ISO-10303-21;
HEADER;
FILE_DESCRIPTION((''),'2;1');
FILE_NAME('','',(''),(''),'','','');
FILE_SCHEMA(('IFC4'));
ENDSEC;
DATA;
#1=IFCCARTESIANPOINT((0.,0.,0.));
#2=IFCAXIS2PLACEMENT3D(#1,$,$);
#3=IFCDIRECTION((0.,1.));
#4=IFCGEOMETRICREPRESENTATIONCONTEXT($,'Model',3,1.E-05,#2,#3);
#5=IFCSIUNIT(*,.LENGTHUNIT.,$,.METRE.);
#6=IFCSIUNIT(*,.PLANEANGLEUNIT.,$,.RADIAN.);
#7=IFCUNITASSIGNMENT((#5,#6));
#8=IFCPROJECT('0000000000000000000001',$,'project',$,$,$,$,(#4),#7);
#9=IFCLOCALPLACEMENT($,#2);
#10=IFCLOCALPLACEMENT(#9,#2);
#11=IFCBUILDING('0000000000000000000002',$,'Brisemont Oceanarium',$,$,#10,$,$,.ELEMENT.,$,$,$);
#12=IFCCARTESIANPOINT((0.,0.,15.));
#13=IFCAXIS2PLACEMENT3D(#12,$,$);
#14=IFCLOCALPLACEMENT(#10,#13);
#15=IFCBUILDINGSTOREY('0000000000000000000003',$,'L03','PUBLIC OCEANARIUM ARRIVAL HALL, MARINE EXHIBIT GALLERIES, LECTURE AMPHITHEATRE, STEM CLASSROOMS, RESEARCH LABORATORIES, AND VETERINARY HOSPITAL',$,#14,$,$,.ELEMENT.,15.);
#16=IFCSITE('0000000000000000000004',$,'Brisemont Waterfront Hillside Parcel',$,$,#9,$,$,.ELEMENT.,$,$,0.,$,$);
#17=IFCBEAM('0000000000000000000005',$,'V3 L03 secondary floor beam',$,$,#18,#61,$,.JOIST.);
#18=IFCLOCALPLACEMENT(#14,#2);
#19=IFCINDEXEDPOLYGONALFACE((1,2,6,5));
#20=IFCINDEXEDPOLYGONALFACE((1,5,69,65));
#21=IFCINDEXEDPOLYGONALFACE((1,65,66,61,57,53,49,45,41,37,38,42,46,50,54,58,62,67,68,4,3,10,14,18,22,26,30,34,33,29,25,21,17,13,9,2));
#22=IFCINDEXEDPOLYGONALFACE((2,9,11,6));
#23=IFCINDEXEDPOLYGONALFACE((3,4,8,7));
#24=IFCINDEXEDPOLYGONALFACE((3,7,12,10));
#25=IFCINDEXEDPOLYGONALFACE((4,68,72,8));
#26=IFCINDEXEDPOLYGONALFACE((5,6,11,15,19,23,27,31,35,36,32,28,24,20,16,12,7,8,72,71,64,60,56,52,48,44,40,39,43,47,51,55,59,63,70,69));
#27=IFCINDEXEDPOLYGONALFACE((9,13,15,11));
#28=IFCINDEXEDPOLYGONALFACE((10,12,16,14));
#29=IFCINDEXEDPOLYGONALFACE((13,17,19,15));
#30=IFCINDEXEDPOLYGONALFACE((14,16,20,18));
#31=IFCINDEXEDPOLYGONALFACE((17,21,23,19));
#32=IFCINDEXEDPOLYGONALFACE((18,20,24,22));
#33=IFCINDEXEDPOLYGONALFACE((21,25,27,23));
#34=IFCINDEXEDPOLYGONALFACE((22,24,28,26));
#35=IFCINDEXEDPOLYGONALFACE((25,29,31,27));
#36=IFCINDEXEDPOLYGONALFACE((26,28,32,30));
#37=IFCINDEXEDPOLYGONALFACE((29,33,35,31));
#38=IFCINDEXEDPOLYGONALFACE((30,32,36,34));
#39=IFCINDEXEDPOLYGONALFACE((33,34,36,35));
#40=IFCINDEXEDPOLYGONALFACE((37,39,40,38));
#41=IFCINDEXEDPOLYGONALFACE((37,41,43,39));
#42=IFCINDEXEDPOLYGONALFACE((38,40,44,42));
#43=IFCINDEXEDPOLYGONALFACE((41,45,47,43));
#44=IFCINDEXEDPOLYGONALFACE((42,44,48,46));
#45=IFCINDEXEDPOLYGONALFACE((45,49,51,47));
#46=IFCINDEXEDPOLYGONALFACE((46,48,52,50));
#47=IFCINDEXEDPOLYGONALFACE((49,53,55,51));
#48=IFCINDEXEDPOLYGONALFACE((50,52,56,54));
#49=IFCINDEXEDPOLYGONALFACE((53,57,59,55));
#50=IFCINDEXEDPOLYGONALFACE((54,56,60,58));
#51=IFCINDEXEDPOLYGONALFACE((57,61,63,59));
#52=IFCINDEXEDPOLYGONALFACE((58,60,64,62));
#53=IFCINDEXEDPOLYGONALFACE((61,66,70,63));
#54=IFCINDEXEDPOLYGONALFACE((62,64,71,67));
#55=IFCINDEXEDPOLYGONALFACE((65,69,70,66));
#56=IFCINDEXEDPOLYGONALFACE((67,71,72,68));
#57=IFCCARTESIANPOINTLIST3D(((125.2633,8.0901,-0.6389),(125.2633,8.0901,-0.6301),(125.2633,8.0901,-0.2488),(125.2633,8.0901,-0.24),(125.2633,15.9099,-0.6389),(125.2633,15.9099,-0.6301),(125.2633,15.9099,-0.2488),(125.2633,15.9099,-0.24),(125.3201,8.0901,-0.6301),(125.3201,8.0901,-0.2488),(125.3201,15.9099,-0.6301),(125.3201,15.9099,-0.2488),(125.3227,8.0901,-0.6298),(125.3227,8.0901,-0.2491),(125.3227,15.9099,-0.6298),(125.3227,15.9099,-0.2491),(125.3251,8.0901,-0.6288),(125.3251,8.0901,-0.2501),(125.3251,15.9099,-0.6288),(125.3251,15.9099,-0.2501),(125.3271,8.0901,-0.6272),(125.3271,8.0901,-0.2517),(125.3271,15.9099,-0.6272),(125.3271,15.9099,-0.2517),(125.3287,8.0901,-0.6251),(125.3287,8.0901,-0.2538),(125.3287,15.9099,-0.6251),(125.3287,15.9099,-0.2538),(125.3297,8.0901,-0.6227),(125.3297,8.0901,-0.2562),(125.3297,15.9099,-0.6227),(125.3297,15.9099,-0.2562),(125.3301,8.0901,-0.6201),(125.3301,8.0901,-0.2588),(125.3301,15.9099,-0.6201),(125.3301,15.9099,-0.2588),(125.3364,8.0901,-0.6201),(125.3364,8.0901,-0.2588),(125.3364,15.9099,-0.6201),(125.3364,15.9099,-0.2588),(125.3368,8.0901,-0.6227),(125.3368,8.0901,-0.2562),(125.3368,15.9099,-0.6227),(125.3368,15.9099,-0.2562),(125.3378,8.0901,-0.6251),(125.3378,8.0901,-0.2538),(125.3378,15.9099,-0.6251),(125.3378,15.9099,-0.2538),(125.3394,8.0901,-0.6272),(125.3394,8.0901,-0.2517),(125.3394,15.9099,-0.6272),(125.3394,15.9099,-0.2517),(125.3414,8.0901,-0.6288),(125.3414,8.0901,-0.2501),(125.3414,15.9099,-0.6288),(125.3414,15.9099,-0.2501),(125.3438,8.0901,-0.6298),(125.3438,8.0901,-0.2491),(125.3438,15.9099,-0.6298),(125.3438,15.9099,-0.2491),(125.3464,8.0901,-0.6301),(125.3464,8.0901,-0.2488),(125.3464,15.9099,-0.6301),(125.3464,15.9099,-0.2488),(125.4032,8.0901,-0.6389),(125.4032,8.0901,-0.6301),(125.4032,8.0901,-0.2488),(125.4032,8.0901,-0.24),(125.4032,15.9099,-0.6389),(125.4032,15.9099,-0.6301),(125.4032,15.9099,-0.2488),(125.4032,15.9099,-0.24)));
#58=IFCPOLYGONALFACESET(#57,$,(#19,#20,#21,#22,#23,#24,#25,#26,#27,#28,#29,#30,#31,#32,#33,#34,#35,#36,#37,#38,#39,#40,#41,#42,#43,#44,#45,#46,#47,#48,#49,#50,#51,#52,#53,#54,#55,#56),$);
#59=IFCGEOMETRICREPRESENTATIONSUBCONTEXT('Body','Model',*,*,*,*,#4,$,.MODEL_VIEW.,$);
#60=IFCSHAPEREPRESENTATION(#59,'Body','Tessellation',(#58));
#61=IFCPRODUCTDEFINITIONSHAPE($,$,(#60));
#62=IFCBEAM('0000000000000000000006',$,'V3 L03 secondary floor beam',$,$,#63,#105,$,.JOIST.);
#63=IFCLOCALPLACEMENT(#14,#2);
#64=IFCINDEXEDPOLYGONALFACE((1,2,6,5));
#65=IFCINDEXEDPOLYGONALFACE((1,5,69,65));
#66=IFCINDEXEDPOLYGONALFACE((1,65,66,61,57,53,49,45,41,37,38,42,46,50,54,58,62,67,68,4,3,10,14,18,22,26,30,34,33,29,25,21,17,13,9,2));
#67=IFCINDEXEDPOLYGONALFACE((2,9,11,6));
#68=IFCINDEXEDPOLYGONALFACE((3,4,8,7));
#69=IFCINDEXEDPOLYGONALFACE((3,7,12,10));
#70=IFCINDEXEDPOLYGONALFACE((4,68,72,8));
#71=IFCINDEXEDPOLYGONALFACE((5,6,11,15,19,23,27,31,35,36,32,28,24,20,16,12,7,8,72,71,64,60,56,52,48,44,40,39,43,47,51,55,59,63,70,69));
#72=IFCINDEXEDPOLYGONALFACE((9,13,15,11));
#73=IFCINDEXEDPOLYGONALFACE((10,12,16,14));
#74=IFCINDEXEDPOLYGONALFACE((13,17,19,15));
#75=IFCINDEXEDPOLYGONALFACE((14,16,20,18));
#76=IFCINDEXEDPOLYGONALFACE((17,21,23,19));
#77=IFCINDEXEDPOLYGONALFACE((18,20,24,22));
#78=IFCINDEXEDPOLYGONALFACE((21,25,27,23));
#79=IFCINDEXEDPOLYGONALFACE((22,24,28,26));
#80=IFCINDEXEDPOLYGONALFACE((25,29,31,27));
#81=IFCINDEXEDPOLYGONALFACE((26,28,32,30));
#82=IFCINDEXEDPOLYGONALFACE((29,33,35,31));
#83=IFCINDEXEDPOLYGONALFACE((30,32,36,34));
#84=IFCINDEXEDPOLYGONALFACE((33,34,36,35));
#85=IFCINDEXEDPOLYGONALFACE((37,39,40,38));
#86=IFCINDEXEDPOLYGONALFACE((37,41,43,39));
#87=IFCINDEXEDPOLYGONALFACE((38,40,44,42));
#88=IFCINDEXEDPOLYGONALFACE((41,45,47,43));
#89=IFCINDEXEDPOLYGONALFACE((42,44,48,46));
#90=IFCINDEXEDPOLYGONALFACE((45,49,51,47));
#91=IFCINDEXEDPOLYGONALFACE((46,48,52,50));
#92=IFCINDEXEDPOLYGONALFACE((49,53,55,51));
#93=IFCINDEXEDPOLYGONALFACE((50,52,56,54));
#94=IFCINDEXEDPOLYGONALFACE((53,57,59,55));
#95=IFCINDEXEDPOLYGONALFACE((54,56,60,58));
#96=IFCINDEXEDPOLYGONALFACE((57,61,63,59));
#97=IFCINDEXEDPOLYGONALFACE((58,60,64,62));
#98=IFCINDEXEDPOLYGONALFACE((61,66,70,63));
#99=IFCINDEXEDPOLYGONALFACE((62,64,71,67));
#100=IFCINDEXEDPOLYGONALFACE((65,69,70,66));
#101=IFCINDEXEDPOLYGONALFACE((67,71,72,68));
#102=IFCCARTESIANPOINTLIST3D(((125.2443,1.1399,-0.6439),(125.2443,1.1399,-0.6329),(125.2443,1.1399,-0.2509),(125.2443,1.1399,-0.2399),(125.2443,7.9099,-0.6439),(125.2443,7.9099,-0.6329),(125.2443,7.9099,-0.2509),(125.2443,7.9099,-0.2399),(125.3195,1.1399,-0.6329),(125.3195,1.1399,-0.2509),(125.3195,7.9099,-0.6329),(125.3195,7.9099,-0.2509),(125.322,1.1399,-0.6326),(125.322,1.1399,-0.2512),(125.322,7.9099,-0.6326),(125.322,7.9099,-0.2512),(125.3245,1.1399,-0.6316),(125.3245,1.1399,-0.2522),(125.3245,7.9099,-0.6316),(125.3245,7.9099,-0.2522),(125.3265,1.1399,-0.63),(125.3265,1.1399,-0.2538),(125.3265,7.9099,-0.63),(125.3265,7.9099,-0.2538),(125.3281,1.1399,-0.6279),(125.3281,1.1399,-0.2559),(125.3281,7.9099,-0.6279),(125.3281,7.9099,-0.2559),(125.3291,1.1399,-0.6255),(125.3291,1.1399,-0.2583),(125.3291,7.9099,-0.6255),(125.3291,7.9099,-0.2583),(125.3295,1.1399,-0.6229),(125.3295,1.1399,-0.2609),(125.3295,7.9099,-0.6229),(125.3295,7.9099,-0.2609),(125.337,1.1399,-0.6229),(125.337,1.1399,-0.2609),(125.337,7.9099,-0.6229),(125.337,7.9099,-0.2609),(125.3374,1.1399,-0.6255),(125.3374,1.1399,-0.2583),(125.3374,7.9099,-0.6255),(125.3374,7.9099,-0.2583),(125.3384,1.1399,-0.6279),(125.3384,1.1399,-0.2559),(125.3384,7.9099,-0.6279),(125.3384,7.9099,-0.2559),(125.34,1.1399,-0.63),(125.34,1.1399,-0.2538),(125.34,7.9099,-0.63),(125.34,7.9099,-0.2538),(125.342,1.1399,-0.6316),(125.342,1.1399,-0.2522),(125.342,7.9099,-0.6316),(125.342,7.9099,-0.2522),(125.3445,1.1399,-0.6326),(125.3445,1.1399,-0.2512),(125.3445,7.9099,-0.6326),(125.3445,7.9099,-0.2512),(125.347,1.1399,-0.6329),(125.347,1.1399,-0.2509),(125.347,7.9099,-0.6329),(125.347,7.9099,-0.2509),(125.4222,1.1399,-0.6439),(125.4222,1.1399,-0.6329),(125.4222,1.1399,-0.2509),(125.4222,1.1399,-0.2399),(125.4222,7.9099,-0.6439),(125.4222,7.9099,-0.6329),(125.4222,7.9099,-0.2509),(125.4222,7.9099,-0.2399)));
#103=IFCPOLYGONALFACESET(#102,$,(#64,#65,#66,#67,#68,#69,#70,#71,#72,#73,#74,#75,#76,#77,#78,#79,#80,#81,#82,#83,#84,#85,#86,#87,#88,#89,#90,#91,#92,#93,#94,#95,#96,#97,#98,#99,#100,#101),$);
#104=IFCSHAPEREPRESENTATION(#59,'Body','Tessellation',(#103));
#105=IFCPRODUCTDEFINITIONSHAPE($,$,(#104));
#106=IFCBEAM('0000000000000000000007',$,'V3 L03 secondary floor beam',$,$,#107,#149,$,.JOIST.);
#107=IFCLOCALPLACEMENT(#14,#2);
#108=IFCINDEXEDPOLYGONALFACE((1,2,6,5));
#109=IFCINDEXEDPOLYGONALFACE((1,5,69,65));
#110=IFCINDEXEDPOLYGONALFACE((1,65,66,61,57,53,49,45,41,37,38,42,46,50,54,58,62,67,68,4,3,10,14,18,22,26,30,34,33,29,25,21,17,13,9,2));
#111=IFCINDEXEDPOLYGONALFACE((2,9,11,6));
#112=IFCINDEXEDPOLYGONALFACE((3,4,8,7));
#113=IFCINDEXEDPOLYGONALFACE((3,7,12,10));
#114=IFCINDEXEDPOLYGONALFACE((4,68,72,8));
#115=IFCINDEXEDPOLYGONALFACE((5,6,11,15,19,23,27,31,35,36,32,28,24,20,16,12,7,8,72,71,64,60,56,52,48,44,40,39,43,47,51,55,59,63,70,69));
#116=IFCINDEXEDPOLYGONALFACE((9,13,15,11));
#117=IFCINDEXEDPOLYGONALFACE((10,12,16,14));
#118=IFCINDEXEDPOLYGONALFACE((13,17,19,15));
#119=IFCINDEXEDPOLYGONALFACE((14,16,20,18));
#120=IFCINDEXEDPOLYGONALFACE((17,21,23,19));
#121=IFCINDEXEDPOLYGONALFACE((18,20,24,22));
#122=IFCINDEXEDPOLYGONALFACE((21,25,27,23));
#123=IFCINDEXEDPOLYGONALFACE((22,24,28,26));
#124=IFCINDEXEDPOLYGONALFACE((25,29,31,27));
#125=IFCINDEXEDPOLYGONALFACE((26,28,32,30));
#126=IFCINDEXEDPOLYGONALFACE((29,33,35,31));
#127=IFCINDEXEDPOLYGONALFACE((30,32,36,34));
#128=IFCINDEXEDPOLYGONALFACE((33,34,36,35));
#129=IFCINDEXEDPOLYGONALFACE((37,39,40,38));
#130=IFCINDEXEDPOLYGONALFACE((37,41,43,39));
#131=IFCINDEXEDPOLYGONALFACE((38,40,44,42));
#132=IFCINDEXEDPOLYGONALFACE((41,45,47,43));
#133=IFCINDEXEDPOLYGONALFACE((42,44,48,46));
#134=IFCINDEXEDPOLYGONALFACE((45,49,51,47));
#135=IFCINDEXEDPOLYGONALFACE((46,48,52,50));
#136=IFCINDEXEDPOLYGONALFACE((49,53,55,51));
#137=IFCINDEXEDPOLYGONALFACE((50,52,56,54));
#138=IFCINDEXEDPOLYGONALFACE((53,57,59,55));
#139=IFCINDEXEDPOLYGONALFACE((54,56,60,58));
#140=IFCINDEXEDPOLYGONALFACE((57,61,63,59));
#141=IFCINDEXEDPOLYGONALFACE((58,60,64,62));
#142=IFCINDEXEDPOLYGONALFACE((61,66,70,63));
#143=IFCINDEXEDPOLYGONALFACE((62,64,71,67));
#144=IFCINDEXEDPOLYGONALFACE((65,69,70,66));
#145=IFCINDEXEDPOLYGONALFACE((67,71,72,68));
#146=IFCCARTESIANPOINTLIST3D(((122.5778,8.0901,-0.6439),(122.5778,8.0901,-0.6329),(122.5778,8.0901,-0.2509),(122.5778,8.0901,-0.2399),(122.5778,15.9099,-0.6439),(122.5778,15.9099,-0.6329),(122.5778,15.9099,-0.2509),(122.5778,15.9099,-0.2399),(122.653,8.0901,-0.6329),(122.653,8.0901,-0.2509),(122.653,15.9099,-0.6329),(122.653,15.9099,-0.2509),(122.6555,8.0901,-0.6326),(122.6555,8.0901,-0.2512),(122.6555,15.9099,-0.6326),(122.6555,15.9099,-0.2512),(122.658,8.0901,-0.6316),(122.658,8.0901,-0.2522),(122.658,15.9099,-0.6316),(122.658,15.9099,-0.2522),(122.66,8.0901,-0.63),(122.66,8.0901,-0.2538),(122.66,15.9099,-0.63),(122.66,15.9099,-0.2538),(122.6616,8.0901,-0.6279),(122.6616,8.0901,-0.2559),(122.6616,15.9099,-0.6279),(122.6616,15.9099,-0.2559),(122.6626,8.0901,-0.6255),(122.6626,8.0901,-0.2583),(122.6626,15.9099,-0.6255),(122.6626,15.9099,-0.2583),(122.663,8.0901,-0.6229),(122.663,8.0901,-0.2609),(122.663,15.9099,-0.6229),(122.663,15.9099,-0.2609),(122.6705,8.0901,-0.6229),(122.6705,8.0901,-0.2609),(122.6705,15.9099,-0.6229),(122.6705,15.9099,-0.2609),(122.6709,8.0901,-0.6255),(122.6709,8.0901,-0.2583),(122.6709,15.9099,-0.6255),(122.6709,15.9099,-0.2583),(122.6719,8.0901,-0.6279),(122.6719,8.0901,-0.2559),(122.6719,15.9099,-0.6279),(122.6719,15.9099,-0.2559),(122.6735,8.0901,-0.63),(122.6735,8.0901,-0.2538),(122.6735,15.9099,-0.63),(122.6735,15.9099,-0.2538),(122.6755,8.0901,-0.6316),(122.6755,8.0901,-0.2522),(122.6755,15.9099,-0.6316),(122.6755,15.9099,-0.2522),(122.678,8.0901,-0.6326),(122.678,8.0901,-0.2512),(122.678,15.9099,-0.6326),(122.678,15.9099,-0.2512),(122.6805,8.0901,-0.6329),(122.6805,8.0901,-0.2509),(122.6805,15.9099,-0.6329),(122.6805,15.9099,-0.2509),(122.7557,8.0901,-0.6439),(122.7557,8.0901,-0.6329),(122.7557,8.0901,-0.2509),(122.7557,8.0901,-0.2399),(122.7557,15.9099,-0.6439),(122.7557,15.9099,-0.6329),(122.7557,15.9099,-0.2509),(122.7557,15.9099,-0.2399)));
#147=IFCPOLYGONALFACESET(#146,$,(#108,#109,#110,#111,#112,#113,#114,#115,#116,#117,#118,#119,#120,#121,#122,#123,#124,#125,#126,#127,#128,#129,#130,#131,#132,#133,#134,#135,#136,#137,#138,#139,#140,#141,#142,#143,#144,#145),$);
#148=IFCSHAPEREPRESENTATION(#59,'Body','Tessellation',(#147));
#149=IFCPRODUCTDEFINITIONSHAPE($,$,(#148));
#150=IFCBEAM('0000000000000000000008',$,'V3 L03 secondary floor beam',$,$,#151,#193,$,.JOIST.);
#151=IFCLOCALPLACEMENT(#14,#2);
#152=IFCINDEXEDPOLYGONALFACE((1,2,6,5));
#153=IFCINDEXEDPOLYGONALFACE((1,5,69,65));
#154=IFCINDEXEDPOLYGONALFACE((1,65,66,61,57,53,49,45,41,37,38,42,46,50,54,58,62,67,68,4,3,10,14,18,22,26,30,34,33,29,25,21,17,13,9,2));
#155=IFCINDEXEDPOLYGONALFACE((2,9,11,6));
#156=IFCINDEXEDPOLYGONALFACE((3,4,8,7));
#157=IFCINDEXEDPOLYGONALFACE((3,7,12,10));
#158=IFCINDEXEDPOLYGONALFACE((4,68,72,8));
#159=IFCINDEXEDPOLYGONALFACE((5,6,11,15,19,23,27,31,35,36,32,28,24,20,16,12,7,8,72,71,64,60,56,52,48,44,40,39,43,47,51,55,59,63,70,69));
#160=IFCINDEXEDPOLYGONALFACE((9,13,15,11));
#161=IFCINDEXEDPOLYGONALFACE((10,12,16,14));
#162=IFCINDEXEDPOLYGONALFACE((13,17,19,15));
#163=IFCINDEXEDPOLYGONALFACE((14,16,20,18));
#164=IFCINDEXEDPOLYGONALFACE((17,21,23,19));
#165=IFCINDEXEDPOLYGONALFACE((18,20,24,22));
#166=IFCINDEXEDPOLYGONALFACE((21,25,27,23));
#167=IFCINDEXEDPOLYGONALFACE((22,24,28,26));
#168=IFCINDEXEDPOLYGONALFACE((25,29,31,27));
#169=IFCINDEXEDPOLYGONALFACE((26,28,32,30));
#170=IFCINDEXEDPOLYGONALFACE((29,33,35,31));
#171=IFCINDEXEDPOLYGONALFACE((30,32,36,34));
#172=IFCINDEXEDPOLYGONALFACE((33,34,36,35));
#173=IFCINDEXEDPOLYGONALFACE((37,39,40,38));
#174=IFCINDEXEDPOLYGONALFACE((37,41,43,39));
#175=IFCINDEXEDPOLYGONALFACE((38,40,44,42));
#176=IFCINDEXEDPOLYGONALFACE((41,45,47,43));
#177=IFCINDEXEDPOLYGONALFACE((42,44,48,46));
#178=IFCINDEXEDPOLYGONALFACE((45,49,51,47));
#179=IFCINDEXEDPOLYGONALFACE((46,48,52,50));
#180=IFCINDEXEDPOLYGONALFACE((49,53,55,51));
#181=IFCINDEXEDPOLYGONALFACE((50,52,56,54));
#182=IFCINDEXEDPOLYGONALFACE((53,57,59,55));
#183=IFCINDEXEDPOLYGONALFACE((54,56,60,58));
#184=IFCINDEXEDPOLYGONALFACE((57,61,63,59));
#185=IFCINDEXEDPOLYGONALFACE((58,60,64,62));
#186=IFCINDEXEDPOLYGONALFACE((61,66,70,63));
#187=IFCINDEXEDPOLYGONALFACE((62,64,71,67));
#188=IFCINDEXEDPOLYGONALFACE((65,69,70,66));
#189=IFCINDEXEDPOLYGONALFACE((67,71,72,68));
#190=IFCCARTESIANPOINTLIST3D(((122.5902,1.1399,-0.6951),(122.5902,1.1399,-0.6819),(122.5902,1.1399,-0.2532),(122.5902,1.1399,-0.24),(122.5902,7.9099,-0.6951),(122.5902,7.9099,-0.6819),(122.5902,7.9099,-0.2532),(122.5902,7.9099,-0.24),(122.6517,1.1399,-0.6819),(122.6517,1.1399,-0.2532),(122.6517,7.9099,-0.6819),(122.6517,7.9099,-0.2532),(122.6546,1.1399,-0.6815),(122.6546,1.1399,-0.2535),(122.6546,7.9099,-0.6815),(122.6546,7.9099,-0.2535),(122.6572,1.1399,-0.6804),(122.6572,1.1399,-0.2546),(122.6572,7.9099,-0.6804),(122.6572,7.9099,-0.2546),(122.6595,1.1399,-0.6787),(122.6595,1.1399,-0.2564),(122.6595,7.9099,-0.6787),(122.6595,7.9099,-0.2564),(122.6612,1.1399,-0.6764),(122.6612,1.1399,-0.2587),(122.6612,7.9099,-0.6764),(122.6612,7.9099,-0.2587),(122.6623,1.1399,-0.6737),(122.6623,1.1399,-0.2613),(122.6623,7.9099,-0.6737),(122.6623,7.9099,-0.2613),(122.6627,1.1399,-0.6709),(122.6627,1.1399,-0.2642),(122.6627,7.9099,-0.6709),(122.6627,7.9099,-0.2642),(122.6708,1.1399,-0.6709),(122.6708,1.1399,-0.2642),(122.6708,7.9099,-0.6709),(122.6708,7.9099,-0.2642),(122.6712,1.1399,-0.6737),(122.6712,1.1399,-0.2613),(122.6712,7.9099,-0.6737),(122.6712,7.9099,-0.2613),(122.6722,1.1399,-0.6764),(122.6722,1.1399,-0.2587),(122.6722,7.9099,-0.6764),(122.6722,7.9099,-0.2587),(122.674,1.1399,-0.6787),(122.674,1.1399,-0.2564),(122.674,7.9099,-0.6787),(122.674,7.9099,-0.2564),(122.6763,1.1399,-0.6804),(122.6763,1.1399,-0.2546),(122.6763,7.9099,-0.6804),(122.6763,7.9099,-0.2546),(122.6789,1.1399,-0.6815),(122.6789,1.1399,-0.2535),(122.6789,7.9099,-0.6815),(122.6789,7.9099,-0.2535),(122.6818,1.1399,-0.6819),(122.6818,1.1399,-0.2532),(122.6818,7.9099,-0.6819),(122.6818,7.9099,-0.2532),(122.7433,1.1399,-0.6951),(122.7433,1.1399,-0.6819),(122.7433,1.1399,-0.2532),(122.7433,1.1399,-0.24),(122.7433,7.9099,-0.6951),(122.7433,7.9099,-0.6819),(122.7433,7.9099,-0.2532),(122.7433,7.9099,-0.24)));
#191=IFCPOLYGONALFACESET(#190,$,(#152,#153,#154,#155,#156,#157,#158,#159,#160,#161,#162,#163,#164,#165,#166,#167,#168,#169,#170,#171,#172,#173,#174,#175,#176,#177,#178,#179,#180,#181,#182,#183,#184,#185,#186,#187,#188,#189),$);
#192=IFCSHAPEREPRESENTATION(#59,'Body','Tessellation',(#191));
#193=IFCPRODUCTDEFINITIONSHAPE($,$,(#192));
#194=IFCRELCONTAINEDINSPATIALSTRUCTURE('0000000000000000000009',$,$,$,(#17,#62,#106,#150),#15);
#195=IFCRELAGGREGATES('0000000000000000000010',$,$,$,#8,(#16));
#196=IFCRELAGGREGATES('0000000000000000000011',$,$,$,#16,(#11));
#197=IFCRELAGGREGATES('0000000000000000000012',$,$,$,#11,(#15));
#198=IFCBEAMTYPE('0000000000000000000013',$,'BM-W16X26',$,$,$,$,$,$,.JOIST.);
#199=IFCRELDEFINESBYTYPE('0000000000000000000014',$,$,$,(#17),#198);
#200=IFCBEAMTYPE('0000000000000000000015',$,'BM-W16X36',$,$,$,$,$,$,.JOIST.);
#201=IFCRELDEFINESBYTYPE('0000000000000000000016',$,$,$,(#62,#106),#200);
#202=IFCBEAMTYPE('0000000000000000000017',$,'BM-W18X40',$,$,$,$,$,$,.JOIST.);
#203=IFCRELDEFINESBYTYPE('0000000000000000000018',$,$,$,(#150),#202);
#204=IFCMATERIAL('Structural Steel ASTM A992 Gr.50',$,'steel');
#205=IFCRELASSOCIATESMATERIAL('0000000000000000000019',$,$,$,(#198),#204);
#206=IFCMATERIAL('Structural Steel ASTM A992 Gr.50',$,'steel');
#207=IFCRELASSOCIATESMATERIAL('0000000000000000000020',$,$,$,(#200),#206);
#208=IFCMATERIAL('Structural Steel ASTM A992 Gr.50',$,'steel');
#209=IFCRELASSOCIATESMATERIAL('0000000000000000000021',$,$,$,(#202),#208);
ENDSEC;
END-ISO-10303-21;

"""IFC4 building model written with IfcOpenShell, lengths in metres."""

from ifc_helpers import new_model, si_unit, direction, frame, origin, origin_2d, place, context, subcontext, project, spatial, i_section, extrude, material, material_profile, profile_set, type_object, element, save


model = new_model("IFC4")

# Units and contexts
model_context = context("Model", 3, precision=1e-05, world=origin(), true_north=direction((0.0, 1.0)))
body_context = subcontext(model_context, "Body", "Model", "MODEL_VIEW")
ifc_project = project(units=[si_unit("LENGTHUNIT", "METRE"), si_unit("PLANEANGLEUNIT", "RADIAN")], contexts=[model_context])

# Site, building, storey
site_placement = place(None, origin())
site = spatial("IfcSite", under=ifc_project, at=site_placement, Name="Brisemont Waterfront Hillside Parcel", CompositionType="ELEMENT", RefElevation=0.0)
building_placement = place(site_placement, origin())
building = spatial("IfcBuilding", under=site, at=building_placement, Name="Brisemont Oceanarium", CompositionType="ELEMENT")
storey_placement = place(building_placement, frame((0.0, 0.0, 15.0)))
storey = spatial("IfcBuildingStorey", under=building, at=storey_placement, Name="L03", Description="PUBLIC OCEANARIUM ARRIVAL HALL, MARINE EXHIBIT GALLERIES, LECTURE AMPHITHEATRE, STEM CLASSROOMS, RESEARCH LABORATORIES, AND VETERINARY HOSPITAL", CompositionType="ELEMENT", Elevation=15.0)

# Beams
ifc_material_1 = material(Name="Structural Steel ASTM A992 Gr.50", Category="steel")
ifc_material_profile_1 = material_profile(ifc_material_1, i_section(OverallWidth=0.1399, OverallDepth=0.3989, WebThickness=0.0063, FlangeThickness=0.0088, FilletRadius=0.01, at=origin_2d()), Name="W16X26")
ifc_profile_set_1 = profile_set([ifc_material_profile_1], Name="Structural Steel ASTM A992 Gr.50")
beam_type_1 = type_object("IfcBeamType", Name="BM-W16X26", PredefinedType="JOIST", material=ifc_profile_set_1)
beam_1_placement = place(storey_placement, frame((125.3333, 8.0901, -0.4395), z_axis=(0.0, 1.0, 0.0), x_axis=(-1.0, 0.0, 0.0)))
element("IfcBeam", 1, at=beam_1_placement, inside=storey, type_object=beam_type_1, Name="V3 L03 secondary floor beam", PredefinedType="JOIST", context=body_context, shape_type="SweptSolid", body=[
    extrude(i_section(OverallWidth=0.1399, OverallDepth=0.3989, WebThickness=0.0063, FlangeThickness=0.0088, FilletRadius=0.01, at=origin_2d()), origin(), (0.0, 0.0, 1.0), 7.8198),
])
ifc_material_2 = material(Name="Structural Steel ASTM A992 Gr.50", Category="steel")
ifc_material_profile_2 = material_profile(ifc_material_2, i_section(OverallWidth=0.178, OverallDepth=0.4041, WebThickness=0.0076, FlangeThickness=0.011, FilletRadius=0.01, at=origin_2d()), Name="W16X36")
ifc_profile_set_2 = profile_set([ifc_material_profile_2], Name="Structural Steel ASTM A992 Gr.50")
beam_type_2 = type_object("IfcBeamType", Name="BM-W16X36", PredefinedType="JOIST", material=ifc_profile_set_2)
beam_2_placement = place(storey_placement, frame((125.3333, 1.1399, -0.4419), z_axis=(0.0, 1.0, 0.0), x_axis=(-1.0, 0.0, 0.0)))
element("IfcBeam", 2, at=beam_2_placement, inside=storey, type_object=beam_type_2, Name="V3 L03 secondary floor beam", PredefinedType="JOIST", context=body_context, shape_type="SweptSolid", body=[
    extrude(i_section(OverallWidth=0.178, OverallDepth=0.4041, WebThickness=0.0076, FlangeThickness=0.011, FilletRadius=0.01, at=origin_2d()), origin(), (0.0, 0.0, 1.0), 6.77),
])
beam_3_placement = place(storey_placement, frame((122.6667, 8.0901, -0.4419), z_axis=(0.0, 1.0, 0.0), x_axis=(-1.0, 0.0, 0.0)))
element("IfcBeam", 3, at=beam_3_placement, inside=storey, type_object=beam_type_2, Name="V3 L03 secondary floor beam", PredefinedType="JOIST", context=body_context, shape_type="SweptSolid", body=[
    extrude(i_section(OverallWidth=0.178, OverallDepth=0.4041, WebThickness=0.0076, FlangeThickness=0.011, FilletRadius=0.01, at=origin_2d()), origin(), (0.0, 0.0, 1.0), 7.8198),
])
ifc_material_3 = material(Name="Structural Steel ASTM A992 Gr.50", Category="steel")
ifc_material_profile_3 = material_profile(ifc_material_3, i_section(OverallWidth=0.1531, OverallDepth=0.4551, WebThickness=0.0081, FlangeThickness=0.0132, FilletRadius=0.011, at=origin_2d()), Name="W18X40")
ifc_profile_set_3 = profile_set([ifc_material_profile_3], Name="Structural Steel ASTM A992 Gr.50")
beam_type_3 = type_object("IfcBeamType", Name="BM-W18X40", PredefinedType="JOIST", material=ifc_profile_set_3)
beam_4_placement = place(storey_placement, frame((122.6667, 1.1399, -0.4675), z_axis=(0.0, 1.0, 0.0), x_axis=(-1.0, 0.0, 0.0)))
element("IfcBeam", 4, at=beam_4_placement, inside=storey, type_object=beam_type_3, Name="V3 L03 secondary floor beam", PredefinedType="JOIST", context=body_context, shape_type="SweptSolid", body=[
    extrude(i_section(OverallWidth=0.1531, OverallDepth=0.4551, WebThickness=0.0081, FlangeThickness=0.0132, FilletRadius=0.011, at=origin_2d()), origin(), (0.0, 0.0, 1.0), 6.77),
])

save(model, "model.ifc")
